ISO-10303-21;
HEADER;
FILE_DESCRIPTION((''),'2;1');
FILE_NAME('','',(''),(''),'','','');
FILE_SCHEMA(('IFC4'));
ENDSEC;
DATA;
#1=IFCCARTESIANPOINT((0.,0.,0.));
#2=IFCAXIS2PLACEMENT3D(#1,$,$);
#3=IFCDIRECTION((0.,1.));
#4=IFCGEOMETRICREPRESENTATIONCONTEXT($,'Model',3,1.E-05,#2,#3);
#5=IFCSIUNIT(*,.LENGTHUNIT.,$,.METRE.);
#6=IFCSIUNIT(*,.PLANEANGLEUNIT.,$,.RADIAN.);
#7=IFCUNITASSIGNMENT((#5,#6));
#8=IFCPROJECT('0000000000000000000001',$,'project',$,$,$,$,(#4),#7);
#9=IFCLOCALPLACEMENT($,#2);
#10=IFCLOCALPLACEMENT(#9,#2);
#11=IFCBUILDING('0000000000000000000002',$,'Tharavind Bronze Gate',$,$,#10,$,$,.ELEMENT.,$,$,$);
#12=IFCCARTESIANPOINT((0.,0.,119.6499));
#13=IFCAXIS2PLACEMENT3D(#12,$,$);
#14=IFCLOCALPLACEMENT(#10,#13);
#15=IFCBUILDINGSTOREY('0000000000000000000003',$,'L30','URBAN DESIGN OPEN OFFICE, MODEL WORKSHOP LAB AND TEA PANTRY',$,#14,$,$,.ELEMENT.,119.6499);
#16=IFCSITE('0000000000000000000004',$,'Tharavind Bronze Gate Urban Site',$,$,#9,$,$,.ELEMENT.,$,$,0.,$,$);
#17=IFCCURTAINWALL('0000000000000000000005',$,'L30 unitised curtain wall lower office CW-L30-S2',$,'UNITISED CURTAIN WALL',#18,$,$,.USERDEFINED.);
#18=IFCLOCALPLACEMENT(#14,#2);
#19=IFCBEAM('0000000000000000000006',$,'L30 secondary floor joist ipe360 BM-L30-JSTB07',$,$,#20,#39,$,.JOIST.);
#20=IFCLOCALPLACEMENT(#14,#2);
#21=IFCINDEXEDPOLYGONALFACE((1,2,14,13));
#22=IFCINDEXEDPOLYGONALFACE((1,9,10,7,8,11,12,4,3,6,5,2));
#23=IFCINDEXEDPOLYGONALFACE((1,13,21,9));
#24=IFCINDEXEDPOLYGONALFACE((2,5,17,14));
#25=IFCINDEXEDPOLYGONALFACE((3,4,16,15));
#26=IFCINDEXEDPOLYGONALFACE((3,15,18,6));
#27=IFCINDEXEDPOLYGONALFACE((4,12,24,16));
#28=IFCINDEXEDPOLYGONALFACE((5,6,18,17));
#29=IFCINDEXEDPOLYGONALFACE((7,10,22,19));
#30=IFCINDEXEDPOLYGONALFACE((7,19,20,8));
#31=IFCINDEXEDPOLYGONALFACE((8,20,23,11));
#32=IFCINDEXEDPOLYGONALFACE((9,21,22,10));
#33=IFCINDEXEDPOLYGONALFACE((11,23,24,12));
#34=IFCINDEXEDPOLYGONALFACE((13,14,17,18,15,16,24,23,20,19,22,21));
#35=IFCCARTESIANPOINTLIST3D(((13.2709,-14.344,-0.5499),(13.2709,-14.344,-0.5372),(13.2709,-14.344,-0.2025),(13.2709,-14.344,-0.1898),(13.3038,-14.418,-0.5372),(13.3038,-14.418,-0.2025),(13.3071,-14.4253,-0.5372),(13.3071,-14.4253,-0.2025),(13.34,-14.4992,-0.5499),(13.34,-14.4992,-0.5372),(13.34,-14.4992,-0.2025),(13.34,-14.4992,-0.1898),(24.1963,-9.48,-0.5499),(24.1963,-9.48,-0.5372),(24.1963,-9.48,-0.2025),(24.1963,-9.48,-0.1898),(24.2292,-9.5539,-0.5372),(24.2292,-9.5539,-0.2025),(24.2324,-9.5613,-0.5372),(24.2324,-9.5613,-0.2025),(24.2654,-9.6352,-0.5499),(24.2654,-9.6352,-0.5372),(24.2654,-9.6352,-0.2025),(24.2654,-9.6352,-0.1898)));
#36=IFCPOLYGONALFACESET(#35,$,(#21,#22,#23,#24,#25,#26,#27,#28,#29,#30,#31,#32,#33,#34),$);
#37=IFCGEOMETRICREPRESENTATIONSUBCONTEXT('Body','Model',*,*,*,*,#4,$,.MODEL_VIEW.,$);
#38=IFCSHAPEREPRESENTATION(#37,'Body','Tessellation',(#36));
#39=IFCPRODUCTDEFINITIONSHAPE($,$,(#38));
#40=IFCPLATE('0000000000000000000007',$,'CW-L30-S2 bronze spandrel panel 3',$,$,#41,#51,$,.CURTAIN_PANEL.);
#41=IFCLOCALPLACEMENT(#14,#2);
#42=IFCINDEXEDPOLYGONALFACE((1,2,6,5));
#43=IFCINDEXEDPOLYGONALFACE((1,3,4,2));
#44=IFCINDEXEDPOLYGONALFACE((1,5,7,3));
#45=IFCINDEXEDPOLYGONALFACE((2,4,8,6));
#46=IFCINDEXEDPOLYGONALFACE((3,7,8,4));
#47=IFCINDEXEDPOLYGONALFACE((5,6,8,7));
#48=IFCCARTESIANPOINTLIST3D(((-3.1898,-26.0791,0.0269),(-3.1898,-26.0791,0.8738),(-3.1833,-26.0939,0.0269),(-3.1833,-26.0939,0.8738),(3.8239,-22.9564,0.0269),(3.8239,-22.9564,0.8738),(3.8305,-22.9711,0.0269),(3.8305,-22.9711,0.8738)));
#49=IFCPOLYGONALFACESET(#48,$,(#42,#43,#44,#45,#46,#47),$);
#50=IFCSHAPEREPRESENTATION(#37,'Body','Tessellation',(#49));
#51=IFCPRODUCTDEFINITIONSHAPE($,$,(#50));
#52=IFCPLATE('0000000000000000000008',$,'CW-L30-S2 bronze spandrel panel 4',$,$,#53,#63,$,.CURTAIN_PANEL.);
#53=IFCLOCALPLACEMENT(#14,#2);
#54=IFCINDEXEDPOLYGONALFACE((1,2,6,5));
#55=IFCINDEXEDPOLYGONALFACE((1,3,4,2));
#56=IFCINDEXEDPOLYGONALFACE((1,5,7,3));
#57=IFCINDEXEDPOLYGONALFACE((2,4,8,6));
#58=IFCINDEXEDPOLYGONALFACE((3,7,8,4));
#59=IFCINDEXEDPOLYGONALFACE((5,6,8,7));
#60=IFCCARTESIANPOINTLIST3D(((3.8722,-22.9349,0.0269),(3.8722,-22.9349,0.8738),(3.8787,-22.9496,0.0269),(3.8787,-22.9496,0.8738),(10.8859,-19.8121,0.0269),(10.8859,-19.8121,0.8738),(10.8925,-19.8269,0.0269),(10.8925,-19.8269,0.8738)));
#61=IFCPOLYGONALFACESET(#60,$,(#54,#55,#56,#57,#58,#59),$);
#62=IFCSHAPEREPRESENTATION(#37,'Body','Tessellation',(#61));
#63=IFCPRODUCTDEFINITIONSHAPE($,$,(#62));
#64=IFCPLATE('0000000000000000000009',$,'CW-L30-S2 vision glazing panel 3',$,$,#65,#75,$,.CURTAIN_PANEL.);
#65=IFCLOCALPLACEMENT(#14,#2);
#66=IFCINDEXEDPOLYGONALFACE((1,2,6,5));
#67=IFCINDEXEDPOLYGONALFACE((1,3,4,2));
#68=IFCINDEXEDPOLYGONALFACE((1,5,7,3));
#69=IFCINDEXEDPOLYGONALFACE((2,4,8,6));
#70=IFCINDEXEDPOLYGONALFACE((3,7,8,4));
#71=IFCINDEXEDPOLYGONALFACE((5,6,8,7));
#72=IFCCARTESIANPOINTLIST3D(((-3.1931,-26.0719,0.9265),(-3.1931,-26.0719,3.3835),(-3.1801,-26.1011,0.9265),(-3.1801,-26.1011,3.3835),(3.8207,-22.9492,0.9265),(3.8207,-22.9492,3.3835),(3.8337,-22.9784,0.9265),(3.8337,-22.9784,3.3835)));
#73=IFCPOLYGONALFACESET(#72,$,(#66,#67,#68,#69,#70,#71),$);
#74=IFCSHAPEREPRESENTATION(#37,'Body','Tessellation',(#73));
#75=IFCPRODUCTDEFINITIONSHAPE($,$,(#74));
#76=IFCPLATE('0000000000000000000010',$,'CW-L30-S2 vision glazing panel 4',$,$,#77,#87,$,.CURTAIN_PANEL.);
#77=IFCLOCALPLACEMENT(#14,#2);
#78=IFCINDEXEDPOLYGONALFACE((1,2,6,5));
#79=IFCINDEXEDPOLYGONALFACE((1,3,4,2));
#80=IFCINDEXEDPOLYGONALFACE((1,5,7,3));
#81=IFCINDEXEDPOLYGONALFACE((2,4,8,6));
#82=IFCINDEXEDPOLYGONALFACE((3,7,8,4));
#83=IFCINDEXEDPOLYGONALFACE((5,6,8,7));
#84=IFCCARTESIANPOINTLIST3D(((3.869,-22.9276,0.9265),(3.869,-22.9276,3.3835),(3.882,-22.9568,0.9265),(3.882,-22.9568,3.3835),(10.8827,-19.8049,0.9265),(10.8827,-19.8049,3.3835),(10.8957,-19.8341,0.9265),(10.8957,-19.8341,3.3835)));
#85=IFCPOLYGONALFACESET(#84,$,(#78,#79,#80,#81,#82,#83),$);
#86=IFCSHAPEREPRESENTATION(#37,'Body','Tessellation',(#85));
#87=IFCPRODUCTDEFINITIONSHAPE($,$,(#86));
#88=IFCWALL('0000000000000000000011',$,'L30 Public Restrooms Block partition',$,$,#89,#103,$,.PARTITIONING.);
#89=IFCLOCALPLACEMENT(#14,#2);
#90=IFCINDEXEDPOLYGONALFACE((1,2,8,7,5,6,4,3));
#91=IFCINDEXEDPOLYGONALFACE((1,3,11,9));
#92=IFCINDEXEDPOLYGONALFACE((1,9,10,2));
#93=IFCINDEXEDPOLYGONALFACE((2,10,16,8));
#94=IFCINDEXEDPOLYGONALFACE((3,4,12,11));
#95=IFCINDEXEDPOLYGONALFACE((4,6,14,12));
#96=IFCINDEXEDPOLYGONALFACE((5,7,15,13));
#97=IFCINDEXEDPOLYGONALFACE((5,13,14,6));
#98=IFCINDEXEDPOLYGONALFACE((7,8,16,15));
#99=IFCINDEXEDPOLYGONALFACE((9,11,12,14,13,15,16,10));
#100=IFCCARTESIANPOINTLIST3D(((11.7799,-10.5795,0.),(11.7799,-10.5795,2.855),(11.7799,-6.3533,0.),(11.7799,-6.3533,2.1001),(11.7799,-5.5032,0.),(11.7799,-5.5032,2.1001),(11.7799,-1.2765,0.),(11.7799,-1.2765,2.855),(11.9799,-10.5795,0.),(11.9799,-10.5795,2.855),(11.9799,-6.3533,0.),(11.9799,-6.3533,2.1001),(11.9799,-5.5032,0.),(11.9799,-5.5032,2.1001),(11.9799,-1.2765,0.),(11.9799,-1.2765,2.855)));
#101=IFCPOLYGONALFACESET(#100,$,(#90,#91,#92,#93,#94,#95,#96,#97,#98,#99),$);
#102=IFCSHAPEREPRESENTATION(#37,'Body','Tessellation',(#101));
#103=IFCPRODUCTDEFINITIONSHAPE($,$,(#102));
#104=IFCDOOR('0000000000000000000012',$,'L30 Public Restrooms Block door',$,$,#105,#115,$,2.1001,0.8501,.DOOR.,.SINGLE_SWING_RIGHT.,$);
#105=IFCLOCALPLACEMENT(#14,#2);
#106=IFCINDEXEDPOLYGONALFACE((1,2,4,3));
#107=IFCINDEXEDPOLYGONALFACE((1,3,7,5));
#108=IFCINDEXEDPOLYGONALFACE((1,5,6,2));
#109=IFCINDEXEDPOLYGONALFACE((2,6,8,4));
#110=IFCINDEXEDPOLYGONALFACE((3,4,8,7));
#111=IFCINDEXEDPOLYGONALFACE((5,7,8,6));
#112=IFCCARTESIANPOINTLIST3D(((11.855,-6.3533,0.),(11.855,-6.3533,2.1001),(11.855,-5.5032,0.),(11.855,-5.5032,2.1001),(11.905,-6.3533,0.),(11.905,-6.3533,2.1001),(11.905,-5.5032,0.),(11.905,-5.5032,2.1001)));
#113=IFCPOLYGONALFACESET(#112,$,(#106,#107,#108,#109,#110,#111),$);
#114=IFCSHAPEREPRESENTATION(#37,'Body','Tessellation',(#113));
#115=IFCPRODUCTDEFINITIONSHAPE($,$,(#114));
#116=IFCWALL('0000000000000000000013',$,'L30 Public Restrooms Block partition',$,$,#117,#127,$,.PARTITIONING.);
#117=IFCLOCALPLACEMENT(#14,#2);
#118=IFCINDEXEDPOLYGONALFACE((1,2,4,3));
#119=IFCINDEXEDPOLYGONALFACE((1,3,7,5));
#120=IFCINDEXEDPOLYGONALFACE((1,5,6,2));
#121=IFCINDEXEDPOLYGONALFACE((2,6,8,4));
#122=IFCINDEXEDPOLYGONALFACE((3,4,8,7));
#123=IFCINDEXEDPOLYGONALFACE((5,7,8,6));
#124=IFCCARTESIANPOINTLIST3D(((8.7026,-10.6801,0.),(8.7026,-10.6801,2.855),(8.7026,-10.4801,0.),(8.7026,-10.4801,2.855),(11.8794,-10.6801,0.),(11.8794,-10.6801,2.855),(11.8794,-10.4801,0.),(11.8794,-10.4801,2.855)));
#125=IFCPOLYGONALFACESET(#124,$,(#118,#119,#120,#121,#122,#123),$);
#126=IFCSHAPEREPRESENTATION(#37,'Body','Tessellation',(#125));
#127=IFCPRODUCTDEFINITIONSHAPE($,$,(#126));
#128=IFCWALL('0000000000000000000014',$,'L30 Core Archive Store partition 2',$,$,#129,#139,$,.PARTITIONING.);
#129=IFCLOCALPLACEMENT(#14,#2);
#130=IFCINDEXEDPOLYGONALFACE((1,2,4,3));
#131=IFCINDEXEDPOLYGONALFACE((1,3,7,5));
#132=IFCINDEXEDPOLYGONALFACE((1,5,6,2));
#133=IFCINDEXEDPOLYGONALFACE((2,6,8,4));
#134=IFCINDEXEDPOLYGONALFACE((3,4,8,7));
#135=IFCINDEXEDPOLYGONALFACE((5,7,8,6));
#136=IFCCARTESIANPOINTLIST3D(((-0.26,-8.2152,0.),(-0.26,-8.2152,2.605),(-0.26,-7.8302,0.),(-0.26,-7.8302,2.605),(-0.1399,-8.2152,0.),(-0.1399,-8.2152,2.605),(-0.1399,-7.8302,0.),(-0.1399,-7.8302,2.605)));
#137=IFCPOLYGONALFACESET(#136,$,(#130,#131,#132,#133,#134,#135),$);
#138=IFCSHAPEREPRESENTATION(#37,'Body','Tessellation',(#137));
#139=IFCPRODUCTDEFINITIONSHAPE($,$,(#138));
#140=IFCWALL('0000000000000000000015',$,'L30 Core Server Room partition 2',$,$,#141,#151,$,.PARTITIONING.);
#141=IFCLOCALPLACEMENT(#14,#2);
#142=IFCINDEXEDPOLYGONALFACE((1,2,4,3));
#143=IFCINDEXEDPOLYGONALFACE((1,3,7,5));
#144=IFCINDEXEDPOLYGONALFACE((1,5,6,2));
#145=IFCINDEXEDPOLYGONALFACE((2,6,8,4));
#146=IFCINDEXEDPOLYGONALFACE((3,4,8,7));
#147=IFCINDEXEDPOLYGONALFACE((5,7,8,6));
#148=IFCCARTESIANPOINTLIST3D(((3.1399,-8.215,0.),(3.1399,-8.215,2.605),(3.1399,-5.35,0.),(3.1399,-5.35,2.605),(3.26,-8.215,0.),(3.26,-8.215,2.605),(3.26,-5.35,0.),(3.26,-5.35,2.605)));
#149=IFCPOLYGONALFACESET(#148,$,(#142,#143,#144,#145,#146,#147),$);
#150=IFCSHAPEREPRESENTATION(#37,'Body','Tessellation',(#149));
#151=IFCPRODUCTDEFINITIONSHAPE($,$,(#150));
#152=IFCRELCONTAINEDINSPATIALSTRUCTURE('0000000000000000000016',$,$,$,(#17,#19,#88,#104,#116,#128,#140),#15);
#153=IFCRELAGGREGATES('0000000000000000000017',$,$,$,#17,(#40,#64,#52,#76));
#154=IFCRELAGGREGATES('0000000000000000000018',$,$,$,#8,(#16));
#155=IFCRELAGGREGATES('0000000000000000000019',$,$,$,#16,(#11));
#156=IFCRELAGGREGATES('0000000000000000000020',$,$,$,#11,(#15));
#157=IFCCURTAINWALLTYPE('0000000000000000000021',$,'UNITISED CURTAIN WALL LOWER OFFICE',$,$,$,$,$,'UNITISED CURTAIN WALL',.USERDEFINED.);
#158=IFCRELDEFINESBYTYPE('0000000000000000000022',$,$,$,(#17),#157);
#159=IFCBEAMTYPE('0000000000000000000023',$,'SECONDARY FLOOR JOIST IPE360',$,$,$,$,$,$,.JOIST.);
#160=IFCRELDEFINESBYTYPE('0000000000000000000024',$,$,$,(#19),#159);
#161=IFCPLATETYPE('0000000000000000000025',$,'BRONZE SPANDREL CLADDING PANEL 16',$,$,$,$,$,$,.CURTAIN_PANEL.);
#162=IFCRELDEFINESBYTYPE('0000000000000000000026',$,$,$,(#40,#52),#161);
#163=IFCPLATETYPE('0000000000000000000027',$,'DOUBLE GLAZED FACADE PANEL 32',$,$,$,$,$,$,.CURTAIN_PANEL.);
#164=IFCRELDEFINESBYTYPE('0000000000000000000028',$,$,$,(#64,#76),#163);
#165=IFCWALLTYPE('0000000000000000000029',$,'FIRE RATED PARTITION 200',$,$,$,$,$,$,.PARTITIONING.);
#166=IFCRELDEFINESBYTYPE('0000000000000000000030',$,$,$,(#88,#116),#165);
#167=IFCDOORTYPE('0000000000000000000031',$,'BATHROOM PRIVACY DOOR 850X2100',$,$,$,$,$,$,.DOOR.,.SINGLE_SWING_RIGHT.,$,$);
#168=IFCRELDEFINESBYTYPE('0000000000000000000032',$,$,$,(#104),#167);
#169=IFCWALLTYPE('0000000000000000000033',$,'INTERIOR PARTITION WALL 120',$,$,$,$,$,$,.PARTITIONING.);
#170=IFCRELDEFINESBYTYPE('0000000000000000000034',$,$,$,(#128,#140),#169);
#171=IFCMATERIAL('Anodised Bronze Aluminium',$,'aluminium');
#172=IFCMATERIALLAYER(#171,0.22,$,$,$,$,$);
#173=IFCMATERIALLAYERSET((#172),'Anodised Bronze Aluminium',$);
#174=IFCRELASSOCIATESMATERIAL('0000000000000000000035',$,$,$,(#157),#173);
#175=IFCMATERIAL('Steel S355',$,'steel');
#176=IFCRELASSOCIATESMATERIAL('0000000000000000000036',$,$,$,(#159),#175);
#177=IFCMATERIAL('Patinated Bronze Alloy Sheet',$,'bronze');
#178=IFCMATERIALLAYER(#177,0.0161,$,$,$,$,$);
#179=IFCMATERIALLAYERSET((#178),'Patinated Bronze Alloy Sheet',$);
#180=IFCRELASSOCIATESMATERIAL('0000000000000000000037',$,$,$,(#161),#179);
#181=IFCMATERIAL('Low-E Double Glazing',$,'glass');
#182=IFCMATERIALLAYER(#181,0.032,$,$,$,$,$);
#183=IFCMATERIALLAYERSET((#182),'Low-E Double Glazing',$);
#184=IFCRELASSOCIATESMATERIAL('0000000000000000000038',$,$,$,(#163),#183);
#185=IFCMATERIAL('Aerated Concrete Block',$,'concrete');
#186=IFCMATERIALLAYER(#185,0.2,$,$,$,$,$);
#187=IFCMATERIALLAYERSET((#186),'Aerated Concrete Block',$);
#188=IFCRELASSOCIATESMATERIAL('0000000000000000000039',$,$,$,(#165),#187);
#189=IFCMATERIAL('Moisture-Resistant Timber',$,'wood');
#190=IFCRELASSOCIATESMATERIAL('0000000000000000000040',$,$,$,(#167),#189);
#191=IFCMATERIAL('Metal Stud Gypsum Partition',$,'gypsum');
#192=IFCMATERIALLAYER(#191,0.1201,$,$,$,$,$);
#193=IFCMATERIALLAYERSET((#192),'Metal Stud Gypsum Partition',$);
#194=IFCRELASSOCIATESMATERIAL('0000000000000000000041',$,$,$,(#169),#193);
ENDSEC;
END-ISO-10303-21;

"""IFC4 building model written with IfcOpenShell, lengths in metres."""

from ifc_helpers import new_model, si_unit, direction, frame, frame_2d, origin, origin_2d, place, context, subcontext, project, spatial, rectangle, i_section, extrude, material, layer, layer_set, material_profile, profile_set, type_object, element, fill, aggregate, save


model = new_model("IFC4")

# Units and contexts
model_context = context("Model", 3, precision=1e-05, world=origin(), true_north=direction((0.0, 1.0)))
body_context = subcontext(model_context, "Body", "Model", "MODEL_VIEW")
ifc_project = project(units=[si_unit("LENGTHUNIT", "METRE"), si_unit("PLANEANGLEUNIT", "RADIAN")], contexts=[model_context])

# Site, building, storey
site_placement = place(None, origin())
site = spatial("IfcSite", under=ifc_project, at=site_placement, Name="Tharavind Bronze Gate Urban Site", CompositionType="ELEMENT", RefElevation=0.0)
building_placement = place(site_placement, origin())
building = spatial("IfcBuilding", under=site, at=building_placement, Name="Tharavind Bronze Gate", CompositionType="ELEMENT")
storey_placement = place(building_placement, frame((0.0, 0.0, 119.6499)))
storey = spatial("IfcBuildingStorey", under=building, at=storey_placement, Name="L30", Description="URBAN DESIGN OPEN OFFICE, MODEL WORKSHOP LAB AND TEA PANTRY", CompositionType="ELEMENT", Elevation=119.6499)

# Curtain wall
ifc_material_1 = material(Name="Anodised Bronze Aluminium", Category="aluminium")
ifc_layer_1 = layer(ifc_material_1, 0.22)
ifc_layer_set_1 = layer_set([ifc_layer_1], Name="Anodised Bronze Aluminium")
curtain_wall_type = type_object("IfcCurtainWallType", Name="UNITISED CURTAIN WALL LOWER OFFICE", ElementType="UNITISED CURTAIN WALL", PredefinedType="USERDEFINED", material=ifc_layer_set_1)
curtain_wall_placement = place(storey_placement, origin())
curtain_wall = element("IfcCurtainWall", 1, at=curtain_wall_placement, inside=storey, type_object=curtain_wall_type, Name="L30 unitised curtain wall lower office CW-L30-S2", ObjectType="UNITISED CURTAIN WALL", PredefinedType="USERDEFINED")

# Beam
ifc_material_2 = material(Name="Steel S355", Category="steel")
ifc_material_profile_1 = material_profile(ifc_material_2, i_section(OverallWidth=0.1699, OverallDepth=0.3601, WebThickness=0.0081, FlangeThickness=0.0127, at=origin_2d()), Name="IPE360")
ifc_profile_set_1 = profile_set([ifc_material_profile_1], Name="Steel S355")
beam_type_1 = type_object("IfcBeamType", Name="SECONDARY FLOOR JOIST IPE360", PredefinedType="JOIST", material=ifc_profile_set_1)
beam_1_placement = place(storey_placement, frame((13.3054, -14.4216, -0.3699), z_axis=(0.913553, 0.40672, 0.0), x_axis=(-0.40672, 0.913553, 0.0)))
element("IfcBeam", 2, at=beam_1_placement, inside=storey, type_object=beam_type_1, Name="L30 secondary floor joist ipe360 BM-L30-JSTB07", PredefinedType="JOIST", context=body_context, shape_type="SweptSolid", body=[
    extrude(i_section(OverallWidth=0.1699, OverallDepth=0.3601, WebThickness=0.0081, FlangeThickness=0.0127, at=origin_2d()), origin(), (0.0, 0.0, 1.0), 11.9592),
])

# Plates
ifc_material_3 = material(Name="Patinated Bronze Alloy Sheet", Category="bronze")
ifc_layer_2 = layer(ifc_material_3, 0.0161)
ifc_layer_set_2 = layer_set([ifc_layer_2], Name="Patinated Bronze Alloy Sheet")
plate_type_1 = type_object("IfcPlateType", Name="BRONZE SPANDREL CLADDING PANEL 16", PredefinedType="CURTAIN_PANEL", material=ifc_layer_set_2)
plate_1_placement = place(storey_placement, frame((0.3203, -24.5251, 0.0269), z_axis=(0.0, 0.0, 1.0), x_axis=(0.913545, 0.406737, 0.0)))
plate_1 = element("IfcPlate", 3, at=plate_1_placement, type_object=plate_type_1, Name="CW-L30-S2 bronze spandrel panel 3", PredefinedType="CURTAIN_PANEL", context=body_context, shape_type="SweptSolid", body=[
    extrude(rectangle(XDim=7.6775, YDim=0.0161, at=origin_2d()), origin(), (0.0, 0.0, 1.0), 0.8469),
])
plate_2_placement = place(storey_placement, frame((7.3823, -21.3809, 0.0269), z_axis=(0.0, 0.0, 1.0), x_axis=(0.913545, 0.406737, 0.0)))
plate_2 = element("IfcPlate", 4, at=plate_2_placement, type_object=plate_type_1, Name="CW-L30-S2 bronze spandrel panel 4", PredefinedType="CURTAIN_PANEL", context=body_context, shape_type="SweptSolid", body=[
    extrude(rectangle(XDim=7.6775, YDim=0.0161, at=origin_2d()), origin(), (0.0, 0.0, 1.0), 0.8469),
])
ifc_material_4 = material(Name="Low-E Double Glazing", Category="glass")
ifc_layer_3 = layer(ifc_material_4, 0.032)
ifc_layer_set_3 = layer_set([ifc_layer_3], Name="Low-E Double Glazing")
plate_type_2 = type_object("IfcPlateType", Name="DOUBLE GLAZED FACADE PANEL 32", PredefinedType="CURTAIN_PANEL", material=ifc_layer_set_3)
plate_3_placement = place(storey_placement, frame((0.3203, -24.5251, 0.9265), z_axis=(0.0, 0.0, 1.0), x_axis=(0.913545, 0.406737, 0.0)))
plate_3 = element("IfcPlate", 5, at=plate_3_placement, type_object=plate_type_2, Name="CW-L30-S2 vision glazing panel 3", PredefinedType="CURTAIN_PANEL", context=body_context, shape_type="SweptSolid", body=[
    extrude(rectangle(XDim=7.6775, YDim=0.032, at=origin_2d()), origin(), (0.0, 0.0, 1.0), 2.457),
])
plate_4_placement = place(storey_placement, frame((7.3823, -21.3809, 0.9265), z_axis=(0.0, 0.0, 1.0), x_axis=(0.913545, 0.406737, 0.0)))
plate_4 = element("IfcPlate", 6, at=plate_4_placement, type_object=plate_type_2, Name="CW-L30-S2 vision glazing panel 4", PredefinedType="CURTAIN_PANEL", context=body_context, shape_type="SweptSolid", body=[
    extrude(rectangle(XDim=7.6775, YDim=0.032, at=origin_2d()), origin(), (0.0, 0.0, 1.0), 2.457),
])
aggregate(curtain_wall, [plate_1, plate_3, plate_2, plate_4])

# Wall, opening, door
ifc_material_5 = material(Name="Aerated Concrete Block", Category="concrete")
ifc_layer_4 = layer(ifc_material_5, 0.2)
ifc_layer_set_4 = layer_set([ifc_layer_4], Name="Aerated Concrete Block")
wall_type_1 = type_object("IfcWallType", Name="FIRE RATED PARTITION 200", PredefinedType="PARTITIONING", material=ifc_layer_set_4)
wall_1_placement = place(storey_placement, frame((11.8799, -10.5793, 0.0), z_axis=(0.0, 0.0, 1.0), x_axis=(0.0, 1.0, 0.0)))
wall_1 = element("IfcWall", 7, at=wall_1_placement, inside=storey, type_object=wall_type_1, Name="L30 Public Restrooms Block partition", PredefinedType="PARTITIONING", context=body_context, shape_type="SweptSolid", body=[
    extrude(rectangle(XDim=9.303, YDim=0.2, at=frame_2d((4.6514, 0.0))), origin(), (0.0, 0.0, 1.0), 2.855),
])
opening_placement = place(wall_1_placement, frame((4.2261, 0.0, 0.0)))
opening = element("IfcOpeningElement", 8, at=opening_placement, cuts=wall_1, PredefinedType="OPENING", context=body_context, shape_type="SweptSolid", body=[
    extrude(rectangle(XDim=0.8501, YDim=2.1001, at=frame_2d((0.425, 1.05))), frame((0.0, 0.1101, 0.0), z_axis=(0.0, -1.0, 0.0), x_axis=(1.0, 0.0, 0.0)), (0.0, 0.0, 1.0), 0.22),
])
ifc_material_6 = material(Name="Moisture-Resistant Timber", Category="wood")
door_type = type_object("IfcDoorType", Name="BATHROOM PRIVACY DOOR 850X2100", OperationType="SINGLE_SWING_RIGHT", PredefinedType="DOOR", material=ifc_material_6)
door_placement = place(opening_placement, origin())
door = element("IfcDoor", 9, at=door_placement, inside=storey, type_object=door_type, Name="L30 Public Restrooms Block door", OperationType="SINGLE_SWING_RIGHT", OverallHeight=2.1001, OverallWidth=0.8501, PredefinedType="DOOR", context=body_context, shape_type="SweptSolid", body=[
    extrude(rectangle(XDim=0.8501, YDim=2.1001, at=frame_2d((0.425, 1.05))), frame((0.0, 0.0249, 0.0), z_axis=(0.0, -1.0, 0.0), x_axis=(1.0, 0.0, 0.0)), (0.0, 0.0, 1.0), 0.05),
])
fill(opening, door)

# Walls
wall_2_placement = place(storey_placement, frame((8.7026, -10.5801, 0.0), z_axis=(0.0, 0.0, 1.0), x_axis=(1.0, 0.0, 0.0)))
element("IfcWall", 10, at=wall_2_placement, inside=storey, type_object=wall_type_1, Name="L30 Public Restrooms Block partition", PredefinedType="PARTITIONING", context=body_context, shape_type="SweptSolid", body=[
    extrude(rectangle(XDim=3.1768, YDim=0.2, at=frame_2d((1.5884, 0.0))), origin(), (0.0, 0.0, 1.0), 2.855),
])
ifc_material_7 = material(Name="Metal Stud Gypsum Partition", Category="gypsum")
ifc_layer_5 = layer(ifc_material_7, 0.1201)
ifc_layer_set_5 = layer_set([ifc_layer_5], Name="Metal Stud Gypsum Partition")
wall_type_2 = type_object("IfcWallType", Name="INTERIOR PARTITION WALL 120", PredefinedType="PARTITIONING", material=ifc_layer_set_5)
wall_3_placement = place(storey_placement, frame((-0.2, -8.2151, 0.0), z_axis=(0.0, 0.0, 1.0), x_axis=(0.0, 1.0, 0.0)))
element("IfcWall", 11, at=wall_3_placement, inside=storey, type_object=wall_type_2, Name="L30 Core Archive Store partition 2", PredefinedType="PARTITIONING", context=body_context, shape_type="SweptSolid", body=[
    extrude(rectangle(XDim=0.385, YDim=0.1201, at=frame_2d((0.1924, 0.0))), origin(), (0.0, 0.0, 1.0), 2.605),
])
wall_4_placement = place(storey_placement, frame((3.2, -8.2151, 0.0), z_axis=(0.0, 0.0, 1.0), x_axis=(0.0, 1.0, 0.0)))
element("IfcWall", 12, at=wall_4_placement, inside=storey, type_object=wall_type_2, Name="L30 Core Server Room partition 2", PredefinedType="PARTITIONING", context=body_context, shape_type="SweptSolid", body=[
    extrude(rectangle(XDim=2.865, YDim=0.1201, at=frame_2d((1.4326, 0.0))), origin(), (0.0, 0.0, 1.0), 2.605),
])

save(model, "model.ifc")
